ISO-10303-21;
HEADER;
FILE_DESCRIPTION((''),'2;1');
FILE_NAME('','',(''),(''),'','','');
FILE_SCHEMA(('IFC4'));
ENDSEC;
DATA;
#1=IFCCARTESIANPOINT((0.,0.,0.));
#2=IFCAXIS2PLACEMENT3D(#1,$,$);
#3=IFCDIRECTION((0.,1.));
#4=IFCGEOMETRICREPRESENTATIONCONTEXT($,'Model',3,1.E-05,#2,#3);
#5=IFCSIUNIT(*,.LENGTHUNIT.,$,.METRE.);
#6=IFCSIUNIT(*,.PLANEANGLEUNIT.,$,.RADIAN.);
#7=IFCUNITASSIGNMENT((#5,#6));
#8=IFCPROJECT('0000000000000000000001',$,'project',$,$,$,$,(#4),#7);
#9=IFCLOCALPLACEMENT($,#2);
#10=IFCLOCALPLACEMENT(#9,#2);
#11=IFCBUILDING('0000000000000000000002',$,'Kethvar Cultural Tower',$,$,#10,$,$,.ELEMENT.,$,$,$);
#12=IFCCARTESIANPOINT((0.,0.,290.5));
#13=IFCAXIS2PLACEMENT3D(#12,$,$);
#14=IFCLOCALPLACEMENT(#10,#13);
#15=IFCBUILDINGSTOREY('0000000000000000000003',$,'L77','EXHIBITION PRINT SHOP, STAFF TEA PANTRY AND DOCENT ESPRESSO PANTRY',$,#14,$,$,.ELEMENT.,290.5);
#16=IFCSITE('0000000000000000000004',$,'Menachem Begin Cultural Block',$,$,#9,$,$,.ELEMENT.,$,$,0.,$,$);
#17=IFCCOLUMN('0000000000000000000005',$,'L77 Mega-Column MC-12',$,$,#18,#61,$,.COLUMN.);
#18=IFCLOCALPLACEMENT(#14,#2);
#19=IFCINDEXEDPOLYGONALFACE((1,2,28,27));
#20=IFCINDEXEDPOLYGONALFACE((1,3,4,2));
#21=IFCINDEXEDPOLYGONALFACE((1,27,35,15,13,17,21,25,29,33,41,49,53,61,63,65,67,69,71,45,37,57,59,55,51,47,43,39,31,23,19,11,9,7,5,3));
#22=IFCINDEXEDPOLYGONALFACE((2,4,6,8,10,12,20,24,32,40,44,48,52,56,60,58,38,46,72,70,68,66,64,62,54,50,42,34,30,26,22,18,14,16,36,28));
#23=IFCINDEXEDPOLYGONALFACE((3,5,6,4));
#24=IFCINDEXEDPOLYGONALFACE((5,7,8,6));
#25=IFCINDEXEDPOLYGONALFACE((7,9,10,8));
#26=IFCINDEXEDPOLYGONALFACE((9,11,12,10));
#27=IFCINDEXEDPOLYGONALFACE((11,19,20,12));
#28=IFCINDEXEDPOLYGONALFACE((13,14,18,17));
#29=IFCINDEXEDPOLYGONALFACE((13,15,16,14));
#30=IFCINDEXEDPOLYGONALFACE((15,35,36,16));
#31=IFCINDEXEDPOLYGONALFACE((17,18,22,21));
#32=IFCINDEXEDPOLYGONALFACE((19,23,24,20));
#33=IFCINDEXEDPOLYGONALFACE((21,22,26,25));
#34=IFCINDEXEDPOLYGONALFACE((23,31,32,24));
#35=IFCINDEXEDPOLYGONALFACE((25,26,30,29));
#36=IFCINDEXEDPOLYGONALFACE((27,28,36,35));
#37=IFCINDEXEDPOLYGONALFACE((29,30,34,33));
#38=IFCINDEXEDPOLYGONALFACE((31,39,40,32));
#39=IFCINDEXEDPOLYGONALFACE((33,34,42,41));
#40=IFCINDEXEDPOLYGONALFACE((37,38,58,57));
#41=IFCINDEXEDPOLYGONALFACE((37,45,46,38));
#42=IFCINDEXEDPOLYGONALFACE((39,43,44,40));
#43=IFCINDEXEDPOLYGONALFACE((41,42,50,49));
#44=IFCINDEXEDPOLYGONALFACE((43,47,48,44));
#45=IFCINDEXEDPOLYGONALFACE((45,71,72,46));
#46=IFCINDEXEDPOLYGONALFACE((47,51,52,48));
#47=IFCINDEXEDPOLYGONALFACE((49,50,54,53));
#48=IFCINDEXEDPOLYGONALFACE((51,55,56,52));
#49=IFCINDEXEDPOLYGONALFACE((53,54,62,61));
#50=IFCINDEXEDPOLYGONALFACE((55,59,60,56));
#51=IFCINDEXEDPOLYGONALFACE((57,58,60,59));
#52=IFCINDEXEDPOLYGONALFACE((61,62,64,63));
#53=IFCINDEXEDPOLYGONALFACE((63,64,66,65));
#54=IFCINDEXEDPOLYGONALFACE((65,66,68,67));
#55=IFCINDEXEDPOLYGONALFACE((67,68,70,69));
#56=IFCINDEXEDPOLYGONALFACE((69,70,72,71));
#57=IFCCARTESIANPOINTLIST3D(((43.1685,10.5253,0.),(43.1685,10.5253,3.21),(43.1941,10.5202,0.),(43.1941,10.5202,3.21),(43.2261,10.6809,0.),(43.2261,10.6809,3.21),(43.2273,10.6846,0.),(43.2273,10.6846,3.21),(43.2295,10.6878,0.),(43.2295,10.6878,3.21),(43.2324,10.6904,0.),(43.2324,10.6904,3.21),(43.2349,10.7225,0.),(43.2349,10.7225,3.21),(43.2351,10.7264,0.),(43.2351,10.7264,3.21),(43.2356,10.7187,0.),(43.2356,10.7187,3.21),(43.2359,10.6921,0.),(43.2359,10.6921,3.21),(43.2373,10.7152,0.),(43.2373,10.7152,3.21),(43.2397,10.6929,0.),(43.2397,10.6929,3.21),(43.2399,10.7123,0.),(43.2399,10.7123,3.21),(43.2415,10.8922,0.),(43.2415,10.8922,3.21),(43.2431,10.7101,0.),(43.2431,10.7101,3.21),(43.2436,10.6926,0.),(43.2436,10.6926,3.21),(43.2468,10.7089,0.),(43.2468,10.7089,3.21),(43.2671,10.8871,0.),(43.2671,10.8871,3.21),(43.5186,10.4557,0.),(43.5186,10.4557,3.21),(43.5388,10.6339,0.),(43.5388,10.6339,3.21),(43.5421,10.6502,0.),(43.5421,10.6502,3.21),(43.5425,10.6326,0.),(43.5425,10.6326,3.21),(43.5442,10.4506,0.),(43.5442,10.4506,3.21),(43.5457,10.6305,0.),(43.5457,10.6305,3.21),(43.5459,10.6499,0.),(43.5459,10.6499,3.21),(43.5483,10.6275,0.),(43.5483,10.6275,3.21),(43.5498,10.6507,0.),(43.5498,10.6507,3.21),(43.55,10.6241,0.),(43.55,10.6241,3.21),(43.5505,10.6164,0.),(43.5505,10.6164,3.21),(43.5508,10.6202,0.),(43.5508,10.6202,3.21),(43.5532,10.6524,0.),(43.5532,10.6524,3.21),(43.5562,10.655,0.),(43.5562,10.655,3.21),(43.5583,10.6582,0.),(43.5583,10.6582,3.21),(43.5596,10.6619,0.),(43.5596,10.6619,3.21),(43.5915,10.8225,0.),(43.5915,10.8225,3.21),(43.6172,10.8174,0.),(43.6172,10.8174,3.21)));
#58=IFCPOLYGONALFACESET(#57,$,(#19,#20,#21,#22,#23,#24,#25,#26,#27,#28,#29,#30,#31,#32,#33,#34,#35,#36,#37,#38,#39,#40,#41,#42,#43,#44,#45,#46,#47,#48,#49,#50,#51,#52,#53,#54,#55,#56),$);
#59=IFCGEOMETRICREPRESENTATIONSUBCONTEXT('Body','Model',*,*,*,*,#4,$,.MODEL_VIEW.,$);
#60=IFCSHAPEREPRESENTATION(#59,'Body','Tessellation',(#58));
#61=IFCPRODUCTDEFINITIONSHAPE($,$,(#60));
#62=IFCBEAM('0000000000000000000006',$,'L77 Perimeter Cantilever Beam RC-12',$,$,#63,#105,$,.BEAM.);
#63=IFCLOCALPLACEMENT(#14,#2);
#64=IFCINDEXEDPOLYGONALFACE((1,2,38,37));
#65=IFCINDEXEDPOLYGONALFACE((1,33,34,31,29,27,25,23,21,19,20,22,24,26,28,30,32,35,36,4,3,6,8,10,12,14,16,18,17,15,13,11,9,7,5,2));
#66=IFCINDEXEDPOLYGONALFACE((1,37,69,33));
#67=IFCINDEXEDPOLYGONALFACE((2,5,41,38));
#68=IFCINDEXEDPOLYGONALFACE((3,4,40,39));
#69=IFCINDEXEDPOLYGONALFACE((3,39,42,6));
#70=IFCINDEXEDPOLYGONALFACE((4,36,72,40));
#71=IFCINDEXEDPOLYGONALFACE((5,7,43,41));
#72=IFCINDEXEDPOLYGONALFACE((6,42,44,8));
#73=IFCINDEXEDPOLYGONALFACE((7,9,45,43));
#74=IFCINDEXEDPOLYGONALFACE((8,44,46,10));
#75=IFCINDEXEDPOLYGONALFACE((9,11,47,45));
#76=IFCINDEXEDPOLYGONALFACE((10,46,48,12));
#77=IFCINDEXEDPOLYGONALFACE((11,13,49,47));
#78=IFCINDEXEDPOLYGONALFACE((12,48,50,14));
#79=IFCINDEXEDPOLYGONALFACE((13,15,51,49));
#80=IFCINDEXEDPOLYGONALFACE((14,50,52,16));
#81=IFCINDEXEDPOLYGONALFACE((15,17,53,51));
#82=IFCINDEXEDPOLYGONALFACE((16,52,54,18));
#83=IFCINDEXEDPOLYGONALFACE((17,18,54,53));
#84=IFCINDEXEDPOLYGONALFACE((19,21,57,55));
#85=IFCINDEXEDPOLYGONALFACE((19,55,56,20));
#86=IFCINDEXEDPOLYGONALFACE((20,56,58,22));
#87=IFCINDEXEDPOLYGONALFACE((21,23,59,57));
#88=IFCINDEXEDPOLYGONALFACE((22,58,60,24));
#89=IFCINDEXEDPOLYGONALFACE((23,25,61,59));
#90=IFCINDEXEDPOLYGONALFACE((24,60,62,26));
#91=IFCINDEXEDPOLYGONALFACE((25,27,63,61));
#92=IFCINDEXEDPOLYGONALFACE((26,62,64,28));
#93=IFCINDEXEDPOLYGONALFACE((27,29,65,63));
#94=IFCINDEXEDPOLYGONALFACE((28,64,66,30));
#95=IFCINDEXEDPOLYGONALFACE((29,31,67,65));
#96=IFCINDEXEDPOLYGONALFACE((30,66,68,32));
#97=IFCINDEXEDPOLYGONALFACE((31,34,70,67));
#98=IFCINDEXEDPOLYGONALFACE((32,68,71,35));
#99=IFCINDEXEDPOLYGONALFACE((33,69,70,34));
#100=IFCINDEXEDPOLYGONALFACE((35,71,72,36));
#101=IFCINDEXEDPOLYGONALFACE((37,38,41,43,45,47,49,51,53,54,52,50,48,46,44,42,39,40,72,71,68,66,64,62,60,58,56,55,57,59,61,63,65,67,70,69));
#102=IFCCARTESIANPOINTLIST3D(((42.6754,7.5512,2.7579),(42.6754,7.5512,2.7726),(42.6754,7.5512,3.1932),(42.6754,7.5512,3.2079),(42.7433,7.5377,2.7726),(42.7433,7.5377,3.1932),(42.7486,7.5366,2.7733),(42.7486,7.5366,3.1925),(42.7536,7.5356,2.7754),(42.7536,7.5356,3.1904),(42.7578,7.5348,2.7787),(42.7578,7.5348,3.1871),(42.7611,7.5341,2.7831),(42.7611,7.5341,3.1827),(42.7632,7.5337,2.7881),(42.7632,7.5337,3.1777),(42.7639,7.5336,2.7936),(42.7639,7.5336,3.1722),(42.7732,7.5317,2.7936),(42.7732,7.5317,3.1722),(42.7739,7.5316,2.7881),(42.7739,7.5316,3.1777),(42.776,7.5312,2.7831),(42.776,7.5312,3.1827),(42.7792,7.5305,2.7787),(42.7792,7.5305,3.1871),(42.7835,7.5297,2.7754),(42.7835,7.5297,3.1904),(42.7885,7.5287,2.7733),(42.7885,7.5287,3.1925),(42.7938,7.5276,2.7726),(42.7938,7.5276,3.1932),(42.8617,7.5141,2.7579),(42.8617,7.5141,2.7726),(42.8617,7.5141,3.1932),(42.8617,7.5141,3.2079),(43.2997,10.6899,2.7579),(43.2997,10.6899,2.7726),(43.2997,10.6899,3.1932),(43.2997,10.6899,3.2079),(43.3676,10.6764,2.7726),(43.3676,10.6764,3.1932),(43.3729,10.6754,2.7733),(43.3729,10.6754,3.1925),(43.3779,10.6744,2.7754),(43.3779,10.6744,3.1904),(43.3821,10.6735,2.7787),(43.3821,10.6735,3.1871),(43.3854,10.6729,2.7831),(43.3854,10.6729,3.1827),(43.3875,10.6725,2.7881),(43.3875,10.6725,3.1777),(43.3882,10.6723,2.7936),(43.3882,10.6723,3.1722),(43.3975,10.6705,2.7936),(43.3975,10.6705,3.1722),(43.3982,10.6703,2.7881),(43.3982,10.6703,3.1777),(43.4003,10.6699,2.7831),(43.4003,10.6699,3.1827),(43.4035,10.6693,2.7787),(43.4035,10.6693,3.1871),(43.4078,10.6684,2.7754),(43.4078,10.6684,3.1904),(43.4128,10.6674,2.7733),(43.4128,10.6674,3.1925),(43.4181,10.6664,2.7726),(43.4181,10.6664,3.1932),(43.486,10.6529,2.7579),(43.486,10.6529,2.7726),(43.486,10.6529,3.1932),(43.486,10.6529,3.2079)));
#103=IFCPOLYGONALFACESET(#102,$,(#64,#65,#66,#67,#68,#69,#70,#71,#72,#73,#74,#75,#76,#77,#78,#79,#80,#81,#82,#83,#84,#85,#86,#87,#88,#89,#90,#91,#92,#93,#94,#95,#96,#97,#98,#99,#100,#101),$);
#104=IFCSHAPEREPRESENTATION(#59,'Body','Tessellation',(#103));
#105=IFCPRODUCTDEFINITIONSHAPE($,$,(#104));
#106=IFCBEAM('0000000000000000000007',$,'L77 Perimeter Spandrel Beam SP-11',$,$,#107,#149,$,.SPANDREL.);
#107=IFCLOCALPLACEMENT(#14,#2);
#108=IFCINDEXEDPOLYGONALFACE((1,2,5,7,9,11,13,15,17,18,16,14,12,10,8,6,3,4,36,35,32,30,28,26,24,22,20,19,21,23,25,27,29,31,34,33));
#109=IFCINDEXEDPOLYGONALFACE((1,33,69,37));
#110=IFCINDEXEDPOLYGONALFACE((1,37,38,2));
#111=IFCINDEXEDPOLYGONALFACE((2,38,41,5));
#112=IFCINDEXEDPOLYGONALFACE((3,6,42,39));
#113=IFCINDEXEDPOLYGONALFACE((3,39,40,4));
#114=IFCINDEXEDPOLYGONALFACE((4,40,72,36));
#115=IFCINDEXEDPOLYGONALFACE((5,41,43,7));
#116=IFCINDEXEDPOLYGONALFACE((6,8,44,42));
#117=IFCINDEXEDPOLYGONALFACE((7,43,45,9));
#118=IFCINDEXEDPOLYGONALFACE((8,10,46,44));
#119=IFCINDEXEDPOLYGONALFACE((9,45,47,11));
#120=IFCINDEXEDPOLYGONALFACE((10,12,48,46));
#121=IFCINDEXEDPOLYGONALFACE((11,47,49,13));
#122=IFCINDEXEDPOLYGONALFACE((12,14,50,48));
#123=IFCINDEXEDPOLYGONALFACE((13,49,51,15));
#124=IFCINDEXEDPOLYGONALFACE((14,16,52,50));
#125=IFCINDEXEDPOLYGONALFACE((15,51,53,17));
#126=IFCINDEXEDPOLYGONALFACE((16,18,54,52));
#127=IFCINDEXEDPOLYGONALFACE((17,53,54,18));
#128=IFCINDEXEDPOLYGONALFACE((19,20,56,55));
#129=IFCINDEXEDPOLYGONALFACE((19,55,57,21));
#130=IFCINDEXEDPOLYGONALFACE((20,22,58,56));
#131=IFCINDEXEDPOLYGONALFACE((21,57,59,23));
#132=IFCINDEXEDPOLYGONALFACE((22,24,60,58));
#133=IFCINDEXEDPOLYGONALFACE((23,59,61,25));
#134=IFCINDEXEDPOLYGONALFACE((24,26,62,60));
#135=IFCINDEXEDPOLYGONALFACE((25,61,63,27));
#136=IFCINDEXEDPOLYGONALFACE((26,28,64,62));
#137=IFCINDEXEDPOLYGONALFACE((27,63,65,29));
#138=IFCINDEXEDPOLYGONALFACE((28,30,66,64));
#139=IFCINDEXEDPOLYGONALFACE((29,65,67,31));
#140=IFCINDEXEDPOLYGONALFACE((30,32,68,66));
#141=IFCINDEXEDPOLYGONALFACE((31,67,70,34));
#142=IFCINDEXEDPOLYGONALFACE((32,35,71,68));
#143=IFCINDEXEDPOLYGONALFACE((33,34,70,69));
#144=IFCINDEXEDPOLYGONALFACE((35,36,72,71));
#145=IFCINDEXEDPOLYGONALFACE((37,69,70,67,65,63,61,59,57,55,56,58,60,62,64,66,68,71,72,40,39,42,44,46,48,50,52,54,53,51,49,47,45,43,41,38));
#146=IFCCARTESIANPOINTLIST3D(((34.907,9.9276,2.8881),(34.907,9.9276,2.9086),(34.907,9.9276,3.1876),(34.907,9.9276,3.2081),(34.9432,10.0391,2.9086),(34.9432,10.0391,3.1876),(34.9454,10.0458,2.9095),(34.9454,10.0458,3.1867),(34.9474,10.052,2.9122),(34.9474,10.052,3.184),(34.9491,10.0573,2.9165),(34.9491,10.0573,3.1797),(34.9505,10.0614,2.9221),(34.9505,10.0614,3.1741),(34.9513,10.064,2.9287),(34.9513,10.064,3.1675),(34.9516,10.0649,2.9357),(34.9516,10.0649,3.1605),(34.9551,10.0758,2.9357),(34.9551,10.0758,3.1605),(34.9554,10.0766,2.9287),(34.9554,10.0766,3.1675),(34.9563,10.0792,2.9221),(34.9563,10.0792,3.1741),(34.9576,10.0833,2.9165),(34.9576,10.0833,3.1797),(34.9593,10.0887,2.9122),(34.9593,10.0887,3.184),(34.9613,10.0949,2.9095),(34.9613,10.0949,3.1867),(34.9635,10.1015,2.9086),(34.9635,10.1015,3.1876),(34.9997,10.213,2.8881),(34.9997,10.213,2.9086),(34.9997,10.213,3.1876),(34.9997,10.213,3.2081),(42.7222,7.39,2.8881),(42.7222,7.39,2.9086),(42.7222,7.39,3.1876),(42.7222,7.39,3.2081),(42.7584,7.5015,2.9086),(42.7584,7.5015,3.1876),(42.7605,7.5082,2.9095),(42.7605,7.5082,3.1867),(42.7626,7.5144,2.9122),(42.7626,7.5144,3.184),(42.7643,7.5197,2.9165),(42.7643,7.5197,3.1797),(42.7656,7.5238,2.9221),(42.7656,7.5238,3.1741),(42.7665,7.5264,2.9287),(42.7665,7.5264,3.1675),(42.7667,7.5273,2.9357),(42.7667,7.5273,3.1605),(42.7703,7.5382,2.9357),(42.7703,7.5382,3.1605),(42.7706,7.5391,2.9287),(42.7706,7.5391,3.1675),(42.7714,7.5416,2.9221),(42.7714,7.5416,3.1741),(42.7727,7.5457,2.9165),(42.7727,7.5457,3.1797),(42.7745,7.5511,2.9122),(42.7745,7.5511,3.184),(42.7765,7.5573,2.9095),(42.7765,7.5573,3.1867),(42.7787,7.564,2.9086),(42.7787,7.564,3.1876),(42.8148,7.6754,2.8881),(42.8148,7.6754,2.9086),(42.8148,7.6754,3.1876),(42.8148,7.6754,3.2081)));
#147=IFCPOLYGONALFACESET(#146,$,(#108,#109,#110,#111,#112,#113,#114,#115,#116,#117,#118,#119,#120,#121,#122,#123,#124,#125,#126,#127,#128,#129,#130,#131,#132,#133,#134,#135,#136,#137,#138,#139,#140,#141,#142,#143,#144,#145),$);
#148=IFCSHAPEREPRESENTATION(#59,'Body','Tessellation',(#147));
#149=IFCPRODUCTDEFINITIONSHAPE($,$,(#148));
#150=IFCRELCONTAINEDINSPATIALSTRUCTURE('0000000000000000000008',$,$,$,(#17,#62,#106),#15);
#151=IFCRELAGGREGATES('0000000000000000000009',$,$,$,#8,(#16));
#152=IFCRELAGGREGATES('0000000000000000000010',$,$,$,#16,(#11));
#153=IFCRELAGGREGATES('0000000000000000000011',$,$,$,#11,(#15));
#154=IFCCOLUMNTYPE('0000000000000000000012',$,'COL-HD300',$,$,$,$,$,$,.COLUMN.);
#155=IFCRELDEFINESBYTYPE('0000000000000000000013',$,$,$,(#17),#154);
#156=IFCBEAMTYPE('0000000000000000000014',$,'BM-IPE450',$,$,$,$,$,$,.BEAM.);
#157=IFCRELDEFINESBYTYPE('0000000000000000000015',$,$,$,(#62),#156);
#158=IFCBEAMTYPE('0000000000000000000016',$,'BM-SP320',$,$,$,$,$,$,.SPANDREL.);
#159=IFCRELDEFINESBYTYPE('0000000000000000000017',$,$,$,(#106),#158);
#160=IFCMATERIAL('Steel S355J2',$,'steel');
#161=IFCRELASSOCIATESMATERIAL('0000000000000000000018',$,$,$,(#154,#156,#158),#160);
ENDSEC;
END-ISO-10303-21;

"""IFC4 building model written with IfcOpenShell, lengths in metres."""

from ifc_helpers import new_model, si_unit, direction, frame, origin, origin_2d, place, context, subcontext, project, spatial, i_section, extrude, source, transform, mapped, material, material_profile, profile_set, type_object, element, save


model = new_model("IFC4")

# Units and contexts
model_context = context("Model", 3, precision=1e-05, world=origin(), true_north=direction((0.0, 1.0)))
body_context = subcontext(model_context, "Body", "Model", "MODEL_VIEW")
ifc_project = project(units=[si_unit("LENGTHUNIT", "METRE"), si_unit("PLANEANGLEUNIT", "RADIAN")], contexts=[model_context])

# Site, building, storey
site_placement = place(None, origin())
site = spatial("IfcSite", under=ifc_project, at=site_placement, Name="Menachem Begin Cultural Block", CompositionType="ELEMENT", RefElevation=0.0)
building_placement = place(site_placement, origin())
building = spatial("IfcBuilding", under=site, at=building_placement, Name="Kethvar Cultural Tower", CompositionType="ELEMENT")
storey_placement = place(building_placement, frame((0.0, 0.0, 290.5)))
storey = spatial("IfcBuildingStorey", under=building, at=storey_placement, Name="L77", Description="EXHIBITION PRINT SHOP, STAFF TEA PANTRY AND DOCENT ESPRESSO PANTRY", CompositionType="ELEMENT", Elevation=290.5)

# Column
ifc_material_1 = material(Name="Steel S355J2", Category="steel")
ifc_material_profile_1 = material_profile(ifc_material_1, i_section(OverallWidth=0.374, OverallDepth=0.3831, WebThickness=0.0166, FlangeThickness=0.0261, FilletRadius=0.0149, at=origin_2d()), Name="Steel S355J2 — HD360x300")
ifc_profile_set_1 = profile_set([ifc_material_profile_1], Name="Steel S355J2 — HD360x300")
column_type = type_object("IfcColumnType", Name="COL-HD300", PredefinedType="COLUMN", material=ifc_profile_set_1)
shared_shape_1 = source(origin(), body_context, "Body", "SweptSolid", [
    extrude(i_section(OverallWidth=0.374, OverallDepth=0.3831, WebThickness=0.0166, FlangeThickness=0.0261, FilletRadius=0.0149, at=origin_2d()), origin(), (0.0, 0.0, 1.0), 3.21),
])
column_placement = place(storey_placement, frame((43.3928, 10.6714, 0.0), z_axis=(0.0, 0.0, 1.0), x_axis=(-0.19509, -0.980785, 0.0)))
element("IfcColumn", 1, at=column_placement, inside=storey, type_object=column_type, Name="L77 Mega-Column MC-12", PredefinedType="COLUMN", context=body_context, shape_type="MappedRepresentation", body=[
    mapped(shared_shape_1, transform((0.0, 0.0, 0.0), scale=1.0)),
])

# Beams
ifc_material_profile_2 = material_profile(ifc_material_1, i_section(OverallWidth=0.1899, OverallDepth=0.45, WebThickness=0.0095, FlangeThickness=0.0146, FilletRadius=0.021, at=origin_2d()), Name="Steel S355J2 — IPE450")
ifc_profile_set_2 = profile_set([ifc_material_profile_2], Name="Steel S355J2 — IPE450")
beam_type_1 = type_object("IfcBeamType", Name="BM-IPE450", PredefinedType="BEAM", material=ifc_profile_set_2)
shared_shape_2 = source(origin(), body_context, "Body", "SweptSolid", [
    extrude(i_section(OverallWidth=0.1899, OverallDepth=0.45, WebThickness=0.0095, FlangeThickness=0.0146, FilletRadius=0.021, at=origin_2d()), origin(), (0.0, 0.0, 1.0), 3.2002),
])
beam_1_placement = place(storey_placement, frame((43.3928, 10.6714, 2.9829), z_axis=(-0.195074, -0.980788, 0.0), x_axis=(0.980788, -0.195074, 0.0)))
element("IfcBeam", 2, at=beam_1_placement, inside=storey, type_object=beam_type_1, Name="L77 Perimeter Cantilever Beam RC-12", PredefinedType="BEAM", context=body_context, shape_type="MappedRepresentation", body=[
    mapped(shared_shape_2, transform((0.0, 0.0, 0.0), scale=1.0)),
])
ifc_material_profile_3 = material_profile(ifc_material_1, i_section(OverallWidth=0.3, OverallDepth=0.3201, WebThickness=0.0115, FlangeThickness=0.0205, FilletRadius=0.0271, at=origin_2d()), Name="Steel S355J2 — HEB320")
ifc_profile_set_3 = profile_set([ifc_material_profile_3], Name="Steel S355J2 — HEB320")
beam_type_2 = type_object("IfcBeamType", Name="BM-SP320", PredefinedType="SPANDREL", material=ifc_profile_set_3)
shared_shape_3 = source(origin(), body_context, "Body", "SweptSolid", [
    extrude(i_section(OverallWidth=0.3, OverallDepth=0.3201, WebThickness=0.0115, FlangeThickness=0.0205, FilletRadius=0.0271, at=origin_2d()), origin(), (0.0, 0.0, 1.0), 8.2168),
])
beam_2_placement = place(storey_placement, frame((34.9534, 10.0703, 3.0481), z_axis=(0.951118, -0.308829, 0.0), x_axis=(0.308829, 0.951118, 0.0)))
element("IfcBeam", 3, at=beam_2_placement, inside=storey, type_object=beam_type_2, Name="L77 Perimeter Spandrel Beam SP-11", PredefinedType="SPANDREL", context=body_context, shape_type="MappedRepresentation", body=[
    mapped(shared_shape_3, transform((0.0, 0.0, 0.0), scale=1.0)),
])

save(model, "model.ifc")
